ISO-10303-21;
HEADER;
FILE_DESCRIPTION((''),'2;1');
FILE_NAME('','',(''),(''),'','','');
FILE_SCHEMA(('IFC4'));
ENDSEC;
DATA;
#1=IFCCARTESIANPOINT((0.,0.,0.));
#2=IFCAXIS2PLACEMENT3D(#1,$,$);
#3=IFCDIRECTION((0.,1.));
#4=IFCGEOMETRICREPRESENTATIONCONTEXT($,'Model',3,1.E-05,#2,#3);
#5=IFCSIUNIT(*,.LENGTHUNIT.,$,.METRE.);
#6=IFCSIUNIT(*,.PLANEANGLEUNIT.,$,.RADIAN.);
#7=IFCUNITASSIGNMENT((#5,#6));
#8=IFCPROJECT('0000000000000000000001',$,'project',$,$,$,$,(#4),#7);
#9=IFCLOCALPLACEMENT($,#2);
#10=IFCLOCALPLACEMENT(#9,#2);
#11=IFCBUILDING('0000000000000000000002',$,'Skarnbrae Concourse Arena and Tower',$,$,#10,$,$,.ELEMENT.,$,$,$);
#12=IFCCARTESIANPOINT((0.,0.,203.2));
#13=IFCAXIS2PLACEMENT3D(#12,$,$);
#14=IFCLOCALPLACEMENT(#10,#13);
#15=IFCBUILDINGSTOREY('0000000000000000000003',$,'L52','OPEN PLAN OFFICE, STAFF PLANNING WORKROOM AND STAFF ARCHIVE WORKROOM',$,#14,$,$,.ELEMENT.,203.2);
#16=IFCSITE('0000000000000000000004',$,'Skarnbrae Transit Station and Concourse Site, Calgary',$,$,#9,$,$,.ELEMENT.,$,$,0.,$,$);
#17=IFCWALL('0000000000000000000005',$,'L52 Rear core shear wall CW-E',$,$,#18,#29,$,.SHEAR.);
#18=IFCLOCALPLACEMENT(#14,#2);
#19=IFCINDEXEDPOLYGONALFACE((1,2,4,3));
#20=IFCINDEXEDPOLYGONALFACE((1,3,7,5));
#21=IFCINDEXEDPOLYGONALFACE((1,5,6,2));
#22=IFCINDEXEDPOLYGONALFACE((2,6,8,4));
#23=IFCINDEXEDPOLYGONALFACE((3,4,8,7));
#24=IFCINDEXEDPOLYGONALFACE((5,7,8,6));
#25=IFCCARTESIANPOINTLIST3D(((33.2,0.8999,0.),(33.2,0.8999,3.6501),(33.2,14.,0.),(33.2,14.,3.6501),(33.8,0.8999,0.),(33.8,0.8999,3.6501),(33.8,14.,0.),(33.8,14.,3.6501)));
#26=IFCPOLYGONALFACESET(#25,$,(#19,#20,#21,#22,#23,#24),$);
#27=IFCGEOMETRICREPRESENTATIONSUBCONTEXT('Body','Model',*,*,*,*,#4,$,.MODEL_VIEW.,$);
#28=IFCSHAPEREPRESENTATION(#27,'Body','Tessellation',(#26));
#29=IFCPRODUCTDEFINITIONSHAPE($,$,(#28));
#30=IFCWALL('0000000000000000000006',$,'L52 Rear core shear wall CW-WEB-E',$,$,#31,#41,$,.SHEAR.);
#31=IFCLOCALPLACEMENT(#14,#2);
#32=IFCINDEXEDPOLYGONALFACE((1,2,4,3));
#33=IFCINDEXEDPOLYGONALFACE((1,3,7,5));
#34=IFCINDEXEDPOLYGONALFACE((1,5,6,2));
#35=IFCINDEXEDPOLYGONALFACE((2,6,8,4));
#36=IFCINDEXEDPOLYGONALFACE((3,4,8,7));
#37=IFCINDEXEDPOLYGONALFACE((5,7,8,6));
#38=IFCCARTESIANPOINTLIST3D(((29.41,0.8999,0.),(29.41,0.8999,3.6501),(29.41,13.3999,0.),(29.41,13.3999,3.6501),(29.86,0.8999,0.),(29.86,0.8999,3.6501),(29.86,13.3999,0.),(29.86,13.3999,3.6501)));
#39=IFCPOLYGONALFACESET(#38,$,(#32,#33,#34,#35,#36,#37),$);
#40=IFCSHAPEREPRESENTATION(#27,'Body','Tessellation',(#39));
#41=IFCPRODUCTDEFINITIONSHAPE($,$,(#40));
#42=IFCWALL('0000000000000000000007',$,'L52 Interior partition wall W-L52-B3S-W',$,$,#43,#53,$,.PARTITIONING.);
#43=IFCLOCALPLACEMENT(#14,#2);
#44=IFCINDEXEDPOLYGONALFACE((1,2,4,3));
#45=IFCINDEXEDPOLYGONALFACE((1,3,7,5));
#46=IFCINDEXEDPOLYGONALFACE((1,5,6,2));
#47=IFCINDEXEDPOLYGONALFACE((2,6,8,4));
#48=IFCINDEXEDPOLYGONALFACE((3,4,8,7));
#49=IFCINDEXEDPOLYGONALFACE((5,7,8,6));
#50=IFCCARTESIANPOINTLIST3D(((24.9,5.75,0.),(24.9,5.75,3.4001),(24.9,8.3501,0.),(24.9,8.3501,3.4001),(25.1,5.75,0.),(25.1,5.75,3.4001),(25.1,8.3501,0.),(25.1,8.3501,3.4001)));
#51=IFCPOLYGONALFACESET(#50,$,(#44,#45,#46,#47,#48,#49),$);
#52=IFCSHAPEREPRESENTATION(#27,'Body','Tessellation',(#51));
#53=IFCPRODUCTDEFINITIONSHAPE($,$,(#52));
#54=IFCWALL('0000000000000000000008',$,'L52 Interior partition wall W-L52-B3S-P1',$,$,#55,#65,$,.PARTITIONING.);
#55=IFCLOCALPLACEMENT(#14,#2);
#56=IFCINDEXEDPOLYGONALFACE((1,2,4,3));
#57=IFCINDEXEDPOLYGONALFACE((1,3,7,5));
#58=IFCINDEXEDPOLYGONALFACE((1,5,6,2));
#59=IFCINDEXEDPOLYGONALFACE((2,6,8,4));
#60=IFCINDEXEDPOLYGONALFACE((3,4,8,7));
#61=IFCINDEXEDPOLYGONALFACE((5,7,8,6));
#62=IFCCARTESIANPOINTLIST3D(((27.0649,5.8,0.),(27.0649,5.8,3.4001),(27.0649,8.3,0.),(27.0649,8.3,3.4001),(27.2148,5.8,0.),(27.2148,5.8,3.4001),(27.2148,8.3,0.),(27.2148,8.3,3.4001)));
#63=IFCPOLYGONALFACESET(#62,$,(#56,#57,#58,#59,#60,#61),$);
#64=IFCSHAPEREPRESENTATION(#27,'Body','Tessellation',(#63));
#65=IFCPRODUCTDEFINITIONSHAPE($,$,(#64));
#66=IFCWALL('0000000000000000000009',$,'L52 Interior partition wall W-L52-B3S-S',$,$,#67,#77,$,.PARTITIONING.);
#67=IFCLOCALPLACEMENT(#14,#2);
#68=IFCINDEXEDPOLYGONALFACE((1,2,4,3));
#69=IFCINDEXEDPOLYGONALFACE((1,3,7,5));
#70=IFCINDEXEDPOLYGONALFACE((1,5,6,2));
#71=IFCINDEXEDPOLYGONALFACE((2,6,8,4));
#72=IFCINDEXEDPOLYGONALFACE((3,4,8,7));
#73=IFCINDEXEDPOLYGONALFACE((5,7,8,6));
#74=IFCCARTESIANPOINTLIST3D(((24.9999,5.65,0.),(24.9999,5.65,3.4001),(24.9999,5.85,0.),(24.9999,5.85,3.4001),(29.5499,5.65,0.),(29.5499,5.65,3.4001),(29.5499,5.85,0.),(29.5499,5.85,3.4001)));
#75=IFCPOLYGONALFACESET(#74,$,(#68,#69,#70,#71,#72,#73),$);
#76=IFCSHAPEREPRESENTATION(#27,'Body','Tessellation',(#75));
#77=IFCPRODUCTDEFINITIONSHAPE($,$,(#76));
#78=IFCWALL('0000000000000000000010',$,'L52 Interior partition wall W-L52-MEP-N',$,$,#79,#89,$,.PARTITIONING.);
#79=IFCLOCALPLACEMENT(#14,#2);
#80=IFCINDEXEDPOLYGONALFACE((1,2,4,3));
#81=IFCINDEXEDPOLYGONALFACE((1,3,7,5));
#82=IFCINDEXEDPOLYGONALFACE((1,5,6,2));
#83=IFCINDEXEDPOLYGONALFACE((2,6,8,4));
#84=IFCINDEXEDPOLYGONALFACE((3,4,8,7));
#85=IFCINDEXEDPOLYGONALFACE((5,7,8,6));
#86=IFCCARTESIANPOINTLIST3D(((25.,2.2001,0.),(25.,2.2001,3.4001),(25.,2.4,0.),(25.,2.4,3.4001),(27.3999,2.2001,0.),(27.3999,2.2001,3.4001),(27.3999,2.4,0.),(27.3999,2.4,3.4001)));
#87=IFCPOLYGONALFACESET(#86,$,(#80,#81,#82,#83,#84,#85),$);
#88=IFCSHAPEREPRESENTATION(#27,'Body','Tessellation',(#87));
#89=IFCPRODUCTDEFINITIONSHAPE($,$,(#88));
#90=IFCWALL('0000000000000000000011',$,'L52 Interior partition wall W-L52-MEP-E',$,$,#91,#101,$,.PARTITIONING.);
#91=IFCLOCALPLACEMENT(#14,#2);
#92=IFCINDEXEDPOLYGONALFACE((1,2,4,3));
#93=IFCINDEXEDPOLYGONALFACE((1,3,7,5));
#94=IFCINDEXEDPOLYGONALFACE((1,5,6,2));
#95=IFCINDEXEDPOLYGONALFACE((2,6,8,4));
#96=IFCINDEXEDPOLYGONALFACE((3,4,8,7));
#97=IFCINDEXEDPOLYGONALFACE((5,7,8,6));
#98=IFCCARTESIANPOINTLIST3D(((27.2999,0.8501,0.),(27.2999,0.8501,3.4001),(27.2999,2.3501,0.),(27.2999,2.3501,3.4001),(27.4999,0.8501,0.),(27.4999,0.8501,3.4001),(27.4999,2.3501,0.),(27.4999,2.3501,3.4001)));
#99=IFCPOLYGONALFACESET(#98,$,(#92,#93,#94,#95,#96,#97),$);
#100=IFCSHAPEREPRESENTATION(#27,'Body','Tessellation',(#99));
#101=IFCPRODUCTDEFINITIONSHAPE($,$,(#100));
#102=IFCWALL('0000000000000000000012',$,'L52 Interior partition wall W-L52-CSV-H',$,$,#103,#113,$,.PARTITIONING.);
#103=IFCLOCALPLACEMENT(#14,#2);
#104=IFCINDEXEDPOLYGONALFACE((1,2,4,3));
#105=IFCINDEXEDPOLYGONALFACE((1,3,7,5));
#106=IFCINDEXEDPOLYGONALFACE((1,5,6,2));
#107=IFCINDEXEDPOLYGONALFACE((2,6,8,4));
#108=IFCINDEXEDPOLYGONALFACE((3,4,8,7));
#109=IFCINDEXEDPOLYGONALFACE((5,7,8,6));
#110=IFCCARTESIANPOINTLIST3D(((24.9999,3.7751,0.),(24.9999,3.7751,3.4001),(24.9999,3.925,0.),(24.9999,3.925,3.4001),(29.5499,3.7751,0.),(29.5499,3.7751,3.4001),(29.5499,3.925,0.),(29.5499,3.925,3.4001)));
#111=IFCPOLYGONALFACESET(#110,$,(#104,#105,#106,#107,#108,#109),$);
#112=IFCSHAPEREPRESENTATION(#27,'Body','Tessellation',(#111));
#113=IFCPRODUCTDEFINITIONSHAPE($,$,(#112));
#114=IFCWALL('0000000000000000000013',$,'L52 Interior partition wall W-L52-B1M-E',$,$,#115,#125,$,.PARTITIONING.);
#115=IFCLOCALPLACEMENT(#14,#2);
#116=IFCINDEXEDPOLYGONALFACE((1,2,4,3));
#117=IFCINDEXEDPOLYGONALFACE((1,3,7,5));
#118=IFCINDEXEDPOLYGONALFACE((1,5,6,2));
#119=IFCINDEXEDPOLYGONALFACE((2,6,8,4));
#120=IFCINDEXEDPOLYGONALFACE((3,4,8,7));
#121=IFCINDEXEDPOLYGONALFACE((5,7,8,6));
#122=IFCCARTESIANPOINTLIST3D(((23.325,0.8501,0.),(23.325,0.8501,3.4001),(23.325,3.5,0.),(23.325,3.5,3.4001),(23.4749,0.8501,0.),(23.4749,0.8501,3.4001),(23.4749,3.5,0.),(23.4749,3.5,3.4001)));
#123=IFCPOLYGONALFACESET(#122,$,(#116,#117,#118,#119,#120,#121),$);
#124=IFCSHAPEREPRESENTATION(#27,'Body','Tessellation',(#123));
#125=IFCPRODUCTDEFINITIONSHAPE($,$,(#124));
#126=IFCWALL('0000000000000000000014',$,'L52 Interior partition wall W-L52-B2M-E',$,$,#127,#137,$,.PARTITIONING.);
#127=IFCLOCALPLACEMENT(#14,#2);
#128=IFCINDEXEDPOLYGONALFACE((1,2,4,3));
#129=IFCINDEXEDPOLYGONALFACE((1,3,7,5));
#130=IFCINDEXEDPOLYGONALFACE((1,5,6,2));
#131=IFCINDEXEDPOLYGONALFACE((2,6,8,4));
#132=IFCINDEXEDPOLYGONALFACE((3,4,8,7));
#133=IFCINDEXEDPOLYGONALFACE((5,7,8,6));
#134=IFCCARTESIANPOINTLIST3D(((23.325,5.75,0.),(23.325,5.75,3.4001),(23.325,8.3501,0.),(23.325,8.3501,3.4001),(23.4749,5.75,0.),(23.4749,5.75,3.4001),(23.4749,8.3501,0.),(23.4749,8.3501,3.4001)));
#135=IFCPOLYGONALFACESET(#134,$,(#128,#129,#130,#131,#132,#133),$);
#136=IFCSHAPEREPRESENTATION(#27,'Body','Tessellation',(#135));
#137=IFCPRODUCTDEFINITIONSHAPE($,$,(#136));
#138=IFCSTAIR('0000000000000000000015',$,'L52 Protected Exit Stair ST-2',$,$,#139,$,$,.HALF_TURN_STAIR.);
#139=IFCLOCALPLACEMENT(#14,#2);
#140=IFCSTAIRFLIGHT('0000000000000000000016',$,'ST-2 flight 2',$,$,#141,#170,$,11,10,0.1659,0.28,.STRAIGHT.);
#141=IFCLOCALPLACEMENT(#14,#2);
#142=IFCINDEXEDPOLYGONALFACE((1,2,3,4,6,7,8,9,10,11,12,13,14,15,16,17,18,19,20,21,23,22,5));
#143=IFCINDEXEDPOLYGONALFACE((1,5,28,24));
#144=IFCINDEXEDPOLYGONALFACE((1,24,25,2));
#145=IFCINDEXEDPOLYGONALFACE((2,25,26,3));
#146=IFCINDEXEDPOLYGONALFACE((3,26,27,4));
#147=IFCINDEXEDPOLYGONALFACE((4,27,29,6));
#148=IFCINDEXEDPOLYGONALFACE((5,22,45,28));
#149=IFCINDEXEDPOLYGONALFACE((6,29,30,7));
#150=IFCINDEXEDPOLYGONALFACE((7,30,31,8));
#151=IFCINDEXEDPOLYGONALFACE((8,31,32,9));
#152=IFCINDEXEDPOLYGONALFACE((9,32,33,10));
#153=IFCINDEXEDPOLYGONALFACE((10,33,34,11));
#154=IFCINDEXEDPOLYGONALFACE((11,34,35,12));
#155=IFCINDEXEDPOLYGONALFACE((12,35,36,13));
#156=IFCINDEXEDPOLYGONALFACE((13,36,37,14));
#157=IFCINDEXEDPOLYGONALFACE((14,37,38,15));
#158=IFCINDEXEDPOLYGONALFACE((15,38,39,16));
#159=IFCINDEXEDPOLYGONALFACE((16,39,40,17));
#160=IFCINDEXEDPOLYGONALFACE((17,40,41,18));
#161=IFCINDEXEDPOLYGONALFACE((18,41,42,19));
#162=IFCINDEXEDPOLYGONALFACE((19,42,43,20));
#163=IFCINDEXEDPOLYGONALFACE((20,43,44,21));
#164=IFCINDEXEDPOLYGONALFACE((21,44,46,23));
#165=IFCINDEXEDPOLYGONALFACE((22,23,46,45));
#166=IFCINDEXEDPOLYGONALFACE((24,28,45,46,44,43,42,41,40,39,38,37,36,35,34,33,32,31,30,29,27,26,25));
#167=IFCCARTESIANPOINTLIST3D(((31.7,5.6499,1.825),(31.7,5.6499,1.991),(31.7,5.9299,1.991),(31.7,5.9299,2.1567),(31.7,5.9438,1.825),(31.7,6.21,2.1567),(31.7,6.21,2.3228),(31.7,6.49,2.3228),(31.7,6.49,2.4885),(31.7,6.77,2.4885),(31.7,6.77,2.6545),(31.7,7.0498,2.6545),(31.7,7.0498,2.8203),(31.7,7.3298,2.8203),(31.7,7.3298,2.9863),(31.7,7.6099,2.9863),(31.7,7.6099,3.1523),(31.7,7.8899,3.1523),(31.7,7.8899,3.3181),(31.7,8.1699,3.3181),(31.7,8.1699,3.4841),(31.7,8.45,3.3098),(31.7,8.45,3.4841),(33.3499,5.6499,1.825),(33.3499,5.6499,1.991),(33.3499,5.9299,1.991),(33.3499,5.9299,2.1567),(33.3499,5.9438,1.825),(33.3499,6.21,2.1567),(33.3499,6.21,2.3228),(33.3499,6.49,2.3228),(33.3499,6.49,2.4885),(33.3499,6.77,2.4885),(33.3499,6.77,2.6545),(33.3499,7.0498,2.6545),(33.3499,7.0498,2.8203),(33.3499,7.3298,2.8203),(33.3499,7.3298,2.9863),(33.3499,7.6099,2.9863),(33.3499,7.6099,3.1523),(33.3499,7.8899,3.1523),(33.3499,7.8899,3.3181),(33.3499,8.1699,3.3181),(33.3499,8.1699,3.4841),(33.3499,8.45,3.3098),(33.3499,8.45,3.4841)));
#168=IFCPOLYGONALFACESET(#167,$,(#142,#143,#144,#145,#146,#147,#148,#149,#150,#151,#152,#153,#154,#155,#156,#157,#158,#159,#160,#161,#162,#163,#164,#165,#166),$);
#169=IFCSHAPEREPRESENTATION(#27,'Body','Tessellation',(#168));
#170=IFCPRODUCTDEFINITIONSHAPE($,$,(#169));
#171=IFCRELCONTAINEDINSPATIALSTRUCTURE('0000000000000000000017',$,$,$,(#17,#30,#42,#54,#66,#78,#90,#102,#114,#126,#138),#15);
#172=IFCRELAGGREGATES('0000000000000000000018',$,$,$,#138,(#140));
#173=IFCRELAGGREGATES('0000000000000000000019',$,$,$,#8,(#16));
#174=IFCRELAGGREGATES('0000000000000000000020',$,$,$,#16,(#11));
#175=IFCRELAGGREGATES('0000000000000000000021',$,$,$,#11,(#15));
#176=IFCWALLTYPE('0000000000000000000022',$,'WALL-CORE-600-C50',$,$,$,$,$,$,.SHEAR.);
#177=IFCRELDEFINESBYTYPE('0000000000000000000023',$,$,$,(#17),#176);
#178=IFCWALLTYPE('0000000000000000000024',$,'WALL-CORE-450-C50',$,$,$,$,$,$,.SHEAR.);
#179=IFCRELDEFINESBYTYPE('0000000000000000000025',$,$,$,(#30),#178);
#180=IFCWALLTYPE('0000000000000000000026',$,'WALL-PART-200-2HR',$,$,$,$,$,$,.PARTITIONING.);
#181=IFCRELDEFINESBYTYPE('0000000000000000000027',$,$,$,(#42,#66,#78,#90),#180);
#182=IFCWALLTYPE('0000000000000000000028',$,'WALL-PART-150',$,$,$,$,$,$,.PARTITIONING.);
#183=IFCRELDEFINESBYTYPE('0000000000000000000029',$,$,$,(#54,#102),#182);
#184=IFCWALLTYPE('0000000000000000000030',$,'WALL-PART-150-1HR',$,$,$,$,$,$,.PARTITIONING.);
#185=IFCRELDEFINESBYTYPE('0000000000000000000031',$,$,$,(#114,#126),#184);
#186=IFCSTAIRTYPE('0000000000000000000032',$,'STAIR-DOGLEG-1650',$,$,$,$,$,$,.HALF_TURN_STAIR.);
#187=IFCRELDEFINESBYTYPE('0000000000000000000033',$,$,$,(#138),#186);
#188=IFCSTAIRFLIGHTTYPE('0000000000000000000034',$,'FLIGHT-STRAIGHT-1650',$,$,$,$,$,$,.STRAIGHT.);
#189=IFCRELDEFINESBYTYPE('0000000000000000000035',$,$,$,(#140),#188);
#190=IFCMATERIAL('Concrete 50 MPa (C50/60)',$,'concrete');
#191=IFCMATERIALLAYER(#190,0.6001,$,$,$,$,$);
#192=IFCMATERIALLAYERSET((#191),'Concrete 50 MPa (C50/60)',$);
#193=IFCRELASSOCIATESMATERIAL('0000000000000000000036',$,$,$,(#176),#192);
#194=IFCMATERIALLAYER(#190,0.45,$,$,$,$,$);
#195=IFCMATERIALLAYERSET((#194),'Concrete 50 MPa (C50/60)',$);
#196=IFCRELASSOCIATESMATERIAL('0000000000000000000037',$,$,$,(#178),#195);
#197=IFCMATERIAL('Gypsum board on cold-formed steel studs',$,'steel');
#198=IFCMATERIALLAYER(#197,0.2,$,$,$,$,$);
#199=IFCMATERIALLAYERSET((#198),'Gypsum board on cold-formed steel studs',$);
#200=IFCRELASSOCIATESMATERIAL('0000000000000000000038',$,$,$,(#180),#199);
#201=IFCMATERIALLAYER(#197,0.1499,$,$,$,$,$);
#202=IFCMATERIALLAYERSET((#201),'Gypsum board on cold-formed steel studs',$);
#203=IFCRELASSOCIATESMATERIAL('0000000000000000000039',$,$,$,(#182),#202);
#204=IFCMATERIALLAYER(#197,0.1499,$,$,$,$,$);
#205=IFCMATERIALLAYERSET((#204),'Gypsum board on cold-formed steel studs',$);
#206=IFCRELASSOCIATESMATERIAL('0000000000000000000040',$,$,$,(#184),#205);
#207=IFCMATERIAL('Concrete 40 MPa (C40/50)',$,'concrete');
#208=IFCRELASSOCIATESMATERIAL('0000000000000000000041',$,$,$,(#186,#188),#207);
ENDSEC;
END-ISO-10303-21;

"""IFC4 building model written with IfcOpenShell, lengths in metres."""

from ifc_helpers import new_model, si_unit, direction, frame, frame_2d, origin, place, context, subcontext, project, spatial, polyline, rectangle, outline, extrude, source, transform, mapped, material, layer, layer_set, type_object, element, aggregate, save


model = new_model("IFC4")

# Units and contexts
model_context = context("Model", 3, precision=1e-05, world=origin(), true_north=direction((0.0, 1.0)))
body_context = subcontext(model_context, "Body", "Model", "MODEL_VIEW")
ifc_project = project(units=[si_unit("LENGTHUNIT", "METRE"), si_unit("PLANEANGLEUNIT", "RADIAN")], contexts=[model_context])

# Site, building, storey
site_placement = place(None, origin())
site = spatial("IfcSite", under=ifc_project, at=site_placement, Name="Skarnbrae Transit Station and Concourse Site, Calgary", CompositionType="ELEMENT", RefElevation=0.0)
building_placement = place(site_placement, origin())
building = spatial("IfcBuilding", under=site, at=building_placement, Name="Skarnbrae Concourse Arena and Tower", CompositionType="ELEMENT")
storey_placement = place(building_placement, frame((0.0, 0.0, 203.2)))
storey = spatial("IfcBuildingStorey", under=building, at=storey_placement, Name="L52", Description="OPEN PLAN OFFICE, STAFF PLANNING WORKROOM AND STAFF ARCHIVE WORKROOM", CompositionType="ELEMENT", Elevation=203.2)

# Walls
ifc_material_1 = material(Name="Concrete 50 MPa (C50/60)", Category="concrete")
ifc_layer_1 = layer(ifc_material_1, 0.6001)
ifc_layer_set_1 = layer_set([ifc_layer_1], Name="Concrete 50 MPa (C50/60)")
wall_type_1 = type_object("IfcWallType", Name="WALL-CORE-600-C50", PredefinedType="SHEAR", material=ifc_layer_set_1)
shared_shape_1 = source(origin(), body_context, "Body", "SweptSolid", [
    extrude(rectangle(XDim=13.1001, YDim=0.6001, at=frame_2d((6.55, 0.0))), origin(), (0.0, 0.0, 1.0), 3.6501),
])
wall_1_placement = place(storey_placement, frame((33.5, 0.8999, 0.0), z_axis=(0.0, 0.0, 1.0), x_axis=(0.0, 1.0, 0.0)))
element("IfcWall", 1, at=wall_1_placement, inside=storey, type_object=wall_type_1, Name="L52 Rear core shear wall CW-E", PredefinedType="SHEAR", context=body_context, shape_type="MappedRepresentation", body=[
    mapped(shared_shape_1, transform((0.0, 0.0, 0.0))),
])
ifc_layer_2 = layer(ifc_material_1, 0.45)
ifc_layer_set_2 = layer_set([ifc_layer_2], Name="Concrete 50 MPa (C50/60)")
wall_type_2 = type_object("IfcWallType", Name="WALL-CORE-450-C50", PredefinedType="SHEAR", material=ifc_layer_set_2)
shared_shape_2 = source(origin(), body_context, "Body", "SweptSolid", [
    extrude(rectangle(XDim=12.5, YDim=0.45, at=frame_2d((6.25, 0.0))), origin(), (0.0, 0.0, 1.0), 3.6501),
])
wall_2_placement = place(storey_placement, frame((29.635, 0.8999, 0.0), z_axis=(0.0, 0.0, 1.0), x_axis=(0.0, 1.0, 0.0)))
element("IfcWall", 2, at=wall_2_placement, inside=storey, type_object=wall_type_2, Name="L52 Rear core shear wall CW-WEB-E", PredefinedType="SHEAR", context=body_context, shape_type="MappedRepresentation", body=[
    mapped(shared_shape_2, transform((0.0, 0.0, 0.0))),
])
ifc_material_2 = material(Name="Gypsum board on cold-formed steel studs", Category="steel")
ifc_layer_3 = layer(ifc_material_2, 0.2)
ifc_layer_set_3 = layer_set([ifc_layer_3], Name="Gypsum board on cold-formed steel studs")
wall_type_3 = type_object("IfcWallType", Name="WALL-PART-200-2HR", PredefinedType="PARTITIONING", material=ifc_layer_set_3)
shared_shape_3 = source(origin(), body_context, "Body", "SweptSolid", [
    extrude(rectangle(XDim=2.6001, YDim=0.2, at=frame_2d((1.3, 0.0))), origin(), (0.0, 0.0, 1.0), 3.4001),
])
wall_3_placement = place(storey_placement, frame((25.0, 5.75, 0.0), z_axis=(0.0, 0.0, 1.0), x_axis=(0.0, 1.0, 0.0)))
element("IfcWall", 3, at=wall_3_placement, inside=storey, type_object=wall_type_3, Name="L52 Interior partition wall W-L52-B3S-W", PredefinedType="PARTITIONING", context=body_context, shape_type="MappedRepresentation", body=[
    mapped(shared_shape_3, transform((0.0, 0.0, 0.0))),
])
ifc_layer_4 = layer(ifc_material_2, 0.1499)
ifc_layer_set_4 = layer_set([ifc_layer_4], Name="Gypsum board on cold-formed steel studs")
wall_type_4 = type_object("IfcWallType", Name="WALL-PART-150", PredefinedType="PARTITIONING", material=ifc_layer_set_4)
shared_shape_4 = source(origin(), body_context, "Body", "SweptSolid", [
    extrude(rectangle(XDim=2.5, YDim=0.1499, at=frame_2d((1.25, 0.0))), origin(), (0.0, 0.0, 1.0), 3.4001),
])
wall_4_placement = place(storey_placement, frame((27.1399, 5.8, 0.0), z_axis=(0.0, 0.0, 1.0), x_axis=(0.0, 1.0, 0.0)))
element("IfcWall", 4, at=wall_4_placement, inside=storey, type_object=wall_type_4, Name="L52 Interior partition wall W-L52-B3S-P1", PredefinedType="PARTITIONING", context=body_context, shape_type="MappedRepresentation", body=[
    mapped(shared_shape_4, transform((0.0, 0.0, 0.0))),
])

# Shared definitions
shared_shape_5 = source(origin(), body_context, "Body", "SweptSolid", [
    extrude(rectangle(XDim=4.55, YDim=0.2, at=frame_2d((2.2749, 0.0))), origin(), (0.0, 0.0, 1.0), 3.4001),
])

# Wall
wall_5_placement = place(storey_placement, frame((25.0, 5.75, 0.0), z_axis=(0.0, 0.0, 1.0), x_axis=(1.0, 0.0, 0.0)))
element("IfcWall", 5, at=wall_5_placement, inside=storey, type_object=wall_type_3, Name="L52 Interior partition wall W-L52-B3S-S", PredefinedType="PARTITIONING", context=body_context, shape_type="MappedRepresentation", body=[
    mapped(shared_shape_5, transform((0.0, 0.0, 0.0))),
])

# Shared definitions
ifc_layer_5 = layer(ifc_material_2, 0.1499)
ifc_layer_set_5 = layer_set([ifc_layer_5], Name="Gypsum board on cold-formed steel studs")
wall_type_5 = type_object("IfcWallType", Name="WALL-PART-150-1HR", PredefinedType="PARTITIONING", material=ifc_layer_set_5)

# Walls
shared_shape_6 = source(origin(), body_context, "Body", "SweptSolid", [
    extrude(rectangle(XDim=2.3999, YDim=0.2, at=frame_2d((1.2, 0.0))), origin(), (0.0, 0.0, 1.0), 3.4001),
])
wall_6_placement = place(storey_placement, frame((25.0, 2.3, 0.0), z_axis=(0.0, 0.0, 1.0), x_axis=(1.0, 0.0, 0.0)))
element("IfcWall", 6, at=wall_6_placement, inside=storey, type_object=wall_type_3, Name="L52 Interior partition wall W-L52-MEP-N", PredefinedType="PARTITIONING", context=body_context, shape_type="MappedRepresentation", body=[
    mapped(shared_shape_6, transform((0.0, 0.0, 0.0))),
])
shared_shape_7 = source(origin(), body_context, "Body", "SweptSolid", [
    extrude(rectangle(XDim=1.5, YDim=0.2, at=frame_2d((0.75, 0.0))), origin(), (0.0, 0.0, 1.0), 3.4001),
])
wall_7_placement = place(storey_placement, frame((27.3999, 0.8501, 0.0), z_axis=(0.0, 0.0, 1.0), x_axis=(0.0, 1.0, 0.0)))
element("IfcWall", 7, at=wall_7_placement, inside=storey, type_object=wall_type_3, Name="L52 Interior partition wall W-L52-MEP-E", PredefinedType="PARTITIONING", context=body_context, shape_type="MappedRepresentation", body=[
    mapped(shared_shape_7, transform((0.0, 0.0, 0.0))),
])
shared_shape_8 = source(origin(), body_context, "Body", "SweptSolid", [
    extrude(rectangle(XDim=4.55, YDim=0.1499, at=frame_2d((2.2749, 0.0))), origin(), (0.0, 0.0, 1.0), 3.4001),
])
wall_8_placement = place(storey_placement, frame((25.0, 3.8501, 0.0), z_axis=(0.0, 0.0, 1.0), x_axis=(1.0, 0.0, 0.0)))
element("IfcWall", 8, at=wall_8_placement, inside=storey, type_object=wall_type_4, Name="L52 Interior partition wall W-L52-CSV-H", PredefinedType="PARTITIONING", context=body_context, shape_type="MappedRepresentation", body=[
    mapped(shared_shape_8, transform((0.0, 0.0, 0.0))),
])
shared_shape_9 = source(origin(), body_context, "Body", "SweptSolid", [
    extrude(rectangle(XDim=2.6499, YDim=0.1499, at=frame_2d((1.325, 0.0))), origin(), (0.0, 0.0, 1.0), 3.4001),
])
wall_9_placement = place(storey_placement, frame((23.3999, 0.8501, 0.0), z_axis=(0.0, 0.0, 1.0), x_axis=(0.0, 1.0, 0.0)))
element("IfcWall", 9, at=wall_9_placement, inside=storey, type_object=wall_type_5, Name="L52 Interior partition wall W-L52-B1M-E", PredefinedType="PARTITIONING", context=body_context, shape_type="MappedRepresentation", body=[
    mapped(shared_shape_9, transform((0.0, 0.0, 0.0))),
])
shared_shape_10 = source(origin(), body_context, "Body", "SweptSolid", [
    extrude(rectangle(XDim=2.6001, YDim=0.1499, at=frame_2d((1.3, 0.0))), origin(), (0.0, 0.0, 1.0), 3.4001),
])
wall_10_placement = place(storey_placement, frame((23.3999, 5.75, 0.0), z_axis=(0.0, 0.0, 1.0), x_axis=(0.0, 1.0, 0.0)))
element("IfcWall", 10, at=wall_10_placement, inside=storey, type_object=wall_type_5, Name="L52 Interior partition wall W-L52-B2M-E", PredefinedType="PARTITIONING", context=body_context, shape_type="MappedRepresentation", body=[
    mapped(shared_shape_10, transform((0.0, 0.0, 0.0))),
])

# Stair, stair flight
ifc_material_3 = material(Name="Concrete 40 MPa (C40/50)", Category="concrete")
stair_type = type_object("IfcStairType", Name="STAIR-DOGLEG-1650", PredefinedType="HALF_TURN_STAIR", material=ifc_material_3)
stair_placement = place(storey_placement, origin())
stair = element("IfcStair", 11, at=stair_placement, inside=storey, type_object=stair_type, Name="L52 Protected Exit Stair ST-2", PredefinedType="HALF_TURN_STAIR")
stair_flight_type = type_object("IfcStairFlightType", Name="FLIGHT-STRAIGHT-1650", PredefinedType="STRAIGHT", material=ifc_material_3)
shared_shape_11 = source(origin(), body_context, "Body", "SweptSolid", [
    extrude(outline(polyline([(0.0, 0.0), (0.0, 0.166), (0.28, 0.166), (0.28, 0.3318), (0.5601, 0.3318), (0.5601, 0.4978), (0.8401, 0.4978), (0.8401, 0.6636), (1.1201, 0.6636), (1.1201, 0.8296), (1.3999, 0.8296), (1.3999, 0.9954), (1.6799, 0.9954), (1.6799, 1.1614), (1.96, 1.1614), (1.96, 1.3274), (2.24, 1.3274), (2.24, 1.4932), (2.52, 1.4932), (2.52, 1.6592), (2.8, 1.6592), (2.8, 1.825), (2.8, 1.4849), (0.2939, 0.0), (0.0, 0.0)])), frame((0.0, 0.825, 0.0), z_axis=(0.0, -1.0, 0.0), x_axis=(1.0, 0.0, 0.0)), (0.0, 0.0, 1.0), 1.6499),
])
stair_flight_placement = place(storey_placement, frame((32.5249, 5.6499, 1.825), z_axis=(0.0, 0.0, 1.0), x_axis=(0.0, 1.0, 0.0)))
stair_flight = element("IfcStairFlight", 12, at=stair_flight_placement, type_object=stair_flight_type, Name="ST-2 flight 2", NumberOfRisers=11, NumberOfTreads=10, PredefinedType="STRAIGHT", RiserHeight=0.1659, TreadLength=0.28, context=body_context, shape_type="MappedRepresentation", body=[
    mapped(shared_shape_11, transform((0.0, 0.0, 0.0))),
])
aggregate(stair, [stair_flight])

save(model, "model.ifc")
